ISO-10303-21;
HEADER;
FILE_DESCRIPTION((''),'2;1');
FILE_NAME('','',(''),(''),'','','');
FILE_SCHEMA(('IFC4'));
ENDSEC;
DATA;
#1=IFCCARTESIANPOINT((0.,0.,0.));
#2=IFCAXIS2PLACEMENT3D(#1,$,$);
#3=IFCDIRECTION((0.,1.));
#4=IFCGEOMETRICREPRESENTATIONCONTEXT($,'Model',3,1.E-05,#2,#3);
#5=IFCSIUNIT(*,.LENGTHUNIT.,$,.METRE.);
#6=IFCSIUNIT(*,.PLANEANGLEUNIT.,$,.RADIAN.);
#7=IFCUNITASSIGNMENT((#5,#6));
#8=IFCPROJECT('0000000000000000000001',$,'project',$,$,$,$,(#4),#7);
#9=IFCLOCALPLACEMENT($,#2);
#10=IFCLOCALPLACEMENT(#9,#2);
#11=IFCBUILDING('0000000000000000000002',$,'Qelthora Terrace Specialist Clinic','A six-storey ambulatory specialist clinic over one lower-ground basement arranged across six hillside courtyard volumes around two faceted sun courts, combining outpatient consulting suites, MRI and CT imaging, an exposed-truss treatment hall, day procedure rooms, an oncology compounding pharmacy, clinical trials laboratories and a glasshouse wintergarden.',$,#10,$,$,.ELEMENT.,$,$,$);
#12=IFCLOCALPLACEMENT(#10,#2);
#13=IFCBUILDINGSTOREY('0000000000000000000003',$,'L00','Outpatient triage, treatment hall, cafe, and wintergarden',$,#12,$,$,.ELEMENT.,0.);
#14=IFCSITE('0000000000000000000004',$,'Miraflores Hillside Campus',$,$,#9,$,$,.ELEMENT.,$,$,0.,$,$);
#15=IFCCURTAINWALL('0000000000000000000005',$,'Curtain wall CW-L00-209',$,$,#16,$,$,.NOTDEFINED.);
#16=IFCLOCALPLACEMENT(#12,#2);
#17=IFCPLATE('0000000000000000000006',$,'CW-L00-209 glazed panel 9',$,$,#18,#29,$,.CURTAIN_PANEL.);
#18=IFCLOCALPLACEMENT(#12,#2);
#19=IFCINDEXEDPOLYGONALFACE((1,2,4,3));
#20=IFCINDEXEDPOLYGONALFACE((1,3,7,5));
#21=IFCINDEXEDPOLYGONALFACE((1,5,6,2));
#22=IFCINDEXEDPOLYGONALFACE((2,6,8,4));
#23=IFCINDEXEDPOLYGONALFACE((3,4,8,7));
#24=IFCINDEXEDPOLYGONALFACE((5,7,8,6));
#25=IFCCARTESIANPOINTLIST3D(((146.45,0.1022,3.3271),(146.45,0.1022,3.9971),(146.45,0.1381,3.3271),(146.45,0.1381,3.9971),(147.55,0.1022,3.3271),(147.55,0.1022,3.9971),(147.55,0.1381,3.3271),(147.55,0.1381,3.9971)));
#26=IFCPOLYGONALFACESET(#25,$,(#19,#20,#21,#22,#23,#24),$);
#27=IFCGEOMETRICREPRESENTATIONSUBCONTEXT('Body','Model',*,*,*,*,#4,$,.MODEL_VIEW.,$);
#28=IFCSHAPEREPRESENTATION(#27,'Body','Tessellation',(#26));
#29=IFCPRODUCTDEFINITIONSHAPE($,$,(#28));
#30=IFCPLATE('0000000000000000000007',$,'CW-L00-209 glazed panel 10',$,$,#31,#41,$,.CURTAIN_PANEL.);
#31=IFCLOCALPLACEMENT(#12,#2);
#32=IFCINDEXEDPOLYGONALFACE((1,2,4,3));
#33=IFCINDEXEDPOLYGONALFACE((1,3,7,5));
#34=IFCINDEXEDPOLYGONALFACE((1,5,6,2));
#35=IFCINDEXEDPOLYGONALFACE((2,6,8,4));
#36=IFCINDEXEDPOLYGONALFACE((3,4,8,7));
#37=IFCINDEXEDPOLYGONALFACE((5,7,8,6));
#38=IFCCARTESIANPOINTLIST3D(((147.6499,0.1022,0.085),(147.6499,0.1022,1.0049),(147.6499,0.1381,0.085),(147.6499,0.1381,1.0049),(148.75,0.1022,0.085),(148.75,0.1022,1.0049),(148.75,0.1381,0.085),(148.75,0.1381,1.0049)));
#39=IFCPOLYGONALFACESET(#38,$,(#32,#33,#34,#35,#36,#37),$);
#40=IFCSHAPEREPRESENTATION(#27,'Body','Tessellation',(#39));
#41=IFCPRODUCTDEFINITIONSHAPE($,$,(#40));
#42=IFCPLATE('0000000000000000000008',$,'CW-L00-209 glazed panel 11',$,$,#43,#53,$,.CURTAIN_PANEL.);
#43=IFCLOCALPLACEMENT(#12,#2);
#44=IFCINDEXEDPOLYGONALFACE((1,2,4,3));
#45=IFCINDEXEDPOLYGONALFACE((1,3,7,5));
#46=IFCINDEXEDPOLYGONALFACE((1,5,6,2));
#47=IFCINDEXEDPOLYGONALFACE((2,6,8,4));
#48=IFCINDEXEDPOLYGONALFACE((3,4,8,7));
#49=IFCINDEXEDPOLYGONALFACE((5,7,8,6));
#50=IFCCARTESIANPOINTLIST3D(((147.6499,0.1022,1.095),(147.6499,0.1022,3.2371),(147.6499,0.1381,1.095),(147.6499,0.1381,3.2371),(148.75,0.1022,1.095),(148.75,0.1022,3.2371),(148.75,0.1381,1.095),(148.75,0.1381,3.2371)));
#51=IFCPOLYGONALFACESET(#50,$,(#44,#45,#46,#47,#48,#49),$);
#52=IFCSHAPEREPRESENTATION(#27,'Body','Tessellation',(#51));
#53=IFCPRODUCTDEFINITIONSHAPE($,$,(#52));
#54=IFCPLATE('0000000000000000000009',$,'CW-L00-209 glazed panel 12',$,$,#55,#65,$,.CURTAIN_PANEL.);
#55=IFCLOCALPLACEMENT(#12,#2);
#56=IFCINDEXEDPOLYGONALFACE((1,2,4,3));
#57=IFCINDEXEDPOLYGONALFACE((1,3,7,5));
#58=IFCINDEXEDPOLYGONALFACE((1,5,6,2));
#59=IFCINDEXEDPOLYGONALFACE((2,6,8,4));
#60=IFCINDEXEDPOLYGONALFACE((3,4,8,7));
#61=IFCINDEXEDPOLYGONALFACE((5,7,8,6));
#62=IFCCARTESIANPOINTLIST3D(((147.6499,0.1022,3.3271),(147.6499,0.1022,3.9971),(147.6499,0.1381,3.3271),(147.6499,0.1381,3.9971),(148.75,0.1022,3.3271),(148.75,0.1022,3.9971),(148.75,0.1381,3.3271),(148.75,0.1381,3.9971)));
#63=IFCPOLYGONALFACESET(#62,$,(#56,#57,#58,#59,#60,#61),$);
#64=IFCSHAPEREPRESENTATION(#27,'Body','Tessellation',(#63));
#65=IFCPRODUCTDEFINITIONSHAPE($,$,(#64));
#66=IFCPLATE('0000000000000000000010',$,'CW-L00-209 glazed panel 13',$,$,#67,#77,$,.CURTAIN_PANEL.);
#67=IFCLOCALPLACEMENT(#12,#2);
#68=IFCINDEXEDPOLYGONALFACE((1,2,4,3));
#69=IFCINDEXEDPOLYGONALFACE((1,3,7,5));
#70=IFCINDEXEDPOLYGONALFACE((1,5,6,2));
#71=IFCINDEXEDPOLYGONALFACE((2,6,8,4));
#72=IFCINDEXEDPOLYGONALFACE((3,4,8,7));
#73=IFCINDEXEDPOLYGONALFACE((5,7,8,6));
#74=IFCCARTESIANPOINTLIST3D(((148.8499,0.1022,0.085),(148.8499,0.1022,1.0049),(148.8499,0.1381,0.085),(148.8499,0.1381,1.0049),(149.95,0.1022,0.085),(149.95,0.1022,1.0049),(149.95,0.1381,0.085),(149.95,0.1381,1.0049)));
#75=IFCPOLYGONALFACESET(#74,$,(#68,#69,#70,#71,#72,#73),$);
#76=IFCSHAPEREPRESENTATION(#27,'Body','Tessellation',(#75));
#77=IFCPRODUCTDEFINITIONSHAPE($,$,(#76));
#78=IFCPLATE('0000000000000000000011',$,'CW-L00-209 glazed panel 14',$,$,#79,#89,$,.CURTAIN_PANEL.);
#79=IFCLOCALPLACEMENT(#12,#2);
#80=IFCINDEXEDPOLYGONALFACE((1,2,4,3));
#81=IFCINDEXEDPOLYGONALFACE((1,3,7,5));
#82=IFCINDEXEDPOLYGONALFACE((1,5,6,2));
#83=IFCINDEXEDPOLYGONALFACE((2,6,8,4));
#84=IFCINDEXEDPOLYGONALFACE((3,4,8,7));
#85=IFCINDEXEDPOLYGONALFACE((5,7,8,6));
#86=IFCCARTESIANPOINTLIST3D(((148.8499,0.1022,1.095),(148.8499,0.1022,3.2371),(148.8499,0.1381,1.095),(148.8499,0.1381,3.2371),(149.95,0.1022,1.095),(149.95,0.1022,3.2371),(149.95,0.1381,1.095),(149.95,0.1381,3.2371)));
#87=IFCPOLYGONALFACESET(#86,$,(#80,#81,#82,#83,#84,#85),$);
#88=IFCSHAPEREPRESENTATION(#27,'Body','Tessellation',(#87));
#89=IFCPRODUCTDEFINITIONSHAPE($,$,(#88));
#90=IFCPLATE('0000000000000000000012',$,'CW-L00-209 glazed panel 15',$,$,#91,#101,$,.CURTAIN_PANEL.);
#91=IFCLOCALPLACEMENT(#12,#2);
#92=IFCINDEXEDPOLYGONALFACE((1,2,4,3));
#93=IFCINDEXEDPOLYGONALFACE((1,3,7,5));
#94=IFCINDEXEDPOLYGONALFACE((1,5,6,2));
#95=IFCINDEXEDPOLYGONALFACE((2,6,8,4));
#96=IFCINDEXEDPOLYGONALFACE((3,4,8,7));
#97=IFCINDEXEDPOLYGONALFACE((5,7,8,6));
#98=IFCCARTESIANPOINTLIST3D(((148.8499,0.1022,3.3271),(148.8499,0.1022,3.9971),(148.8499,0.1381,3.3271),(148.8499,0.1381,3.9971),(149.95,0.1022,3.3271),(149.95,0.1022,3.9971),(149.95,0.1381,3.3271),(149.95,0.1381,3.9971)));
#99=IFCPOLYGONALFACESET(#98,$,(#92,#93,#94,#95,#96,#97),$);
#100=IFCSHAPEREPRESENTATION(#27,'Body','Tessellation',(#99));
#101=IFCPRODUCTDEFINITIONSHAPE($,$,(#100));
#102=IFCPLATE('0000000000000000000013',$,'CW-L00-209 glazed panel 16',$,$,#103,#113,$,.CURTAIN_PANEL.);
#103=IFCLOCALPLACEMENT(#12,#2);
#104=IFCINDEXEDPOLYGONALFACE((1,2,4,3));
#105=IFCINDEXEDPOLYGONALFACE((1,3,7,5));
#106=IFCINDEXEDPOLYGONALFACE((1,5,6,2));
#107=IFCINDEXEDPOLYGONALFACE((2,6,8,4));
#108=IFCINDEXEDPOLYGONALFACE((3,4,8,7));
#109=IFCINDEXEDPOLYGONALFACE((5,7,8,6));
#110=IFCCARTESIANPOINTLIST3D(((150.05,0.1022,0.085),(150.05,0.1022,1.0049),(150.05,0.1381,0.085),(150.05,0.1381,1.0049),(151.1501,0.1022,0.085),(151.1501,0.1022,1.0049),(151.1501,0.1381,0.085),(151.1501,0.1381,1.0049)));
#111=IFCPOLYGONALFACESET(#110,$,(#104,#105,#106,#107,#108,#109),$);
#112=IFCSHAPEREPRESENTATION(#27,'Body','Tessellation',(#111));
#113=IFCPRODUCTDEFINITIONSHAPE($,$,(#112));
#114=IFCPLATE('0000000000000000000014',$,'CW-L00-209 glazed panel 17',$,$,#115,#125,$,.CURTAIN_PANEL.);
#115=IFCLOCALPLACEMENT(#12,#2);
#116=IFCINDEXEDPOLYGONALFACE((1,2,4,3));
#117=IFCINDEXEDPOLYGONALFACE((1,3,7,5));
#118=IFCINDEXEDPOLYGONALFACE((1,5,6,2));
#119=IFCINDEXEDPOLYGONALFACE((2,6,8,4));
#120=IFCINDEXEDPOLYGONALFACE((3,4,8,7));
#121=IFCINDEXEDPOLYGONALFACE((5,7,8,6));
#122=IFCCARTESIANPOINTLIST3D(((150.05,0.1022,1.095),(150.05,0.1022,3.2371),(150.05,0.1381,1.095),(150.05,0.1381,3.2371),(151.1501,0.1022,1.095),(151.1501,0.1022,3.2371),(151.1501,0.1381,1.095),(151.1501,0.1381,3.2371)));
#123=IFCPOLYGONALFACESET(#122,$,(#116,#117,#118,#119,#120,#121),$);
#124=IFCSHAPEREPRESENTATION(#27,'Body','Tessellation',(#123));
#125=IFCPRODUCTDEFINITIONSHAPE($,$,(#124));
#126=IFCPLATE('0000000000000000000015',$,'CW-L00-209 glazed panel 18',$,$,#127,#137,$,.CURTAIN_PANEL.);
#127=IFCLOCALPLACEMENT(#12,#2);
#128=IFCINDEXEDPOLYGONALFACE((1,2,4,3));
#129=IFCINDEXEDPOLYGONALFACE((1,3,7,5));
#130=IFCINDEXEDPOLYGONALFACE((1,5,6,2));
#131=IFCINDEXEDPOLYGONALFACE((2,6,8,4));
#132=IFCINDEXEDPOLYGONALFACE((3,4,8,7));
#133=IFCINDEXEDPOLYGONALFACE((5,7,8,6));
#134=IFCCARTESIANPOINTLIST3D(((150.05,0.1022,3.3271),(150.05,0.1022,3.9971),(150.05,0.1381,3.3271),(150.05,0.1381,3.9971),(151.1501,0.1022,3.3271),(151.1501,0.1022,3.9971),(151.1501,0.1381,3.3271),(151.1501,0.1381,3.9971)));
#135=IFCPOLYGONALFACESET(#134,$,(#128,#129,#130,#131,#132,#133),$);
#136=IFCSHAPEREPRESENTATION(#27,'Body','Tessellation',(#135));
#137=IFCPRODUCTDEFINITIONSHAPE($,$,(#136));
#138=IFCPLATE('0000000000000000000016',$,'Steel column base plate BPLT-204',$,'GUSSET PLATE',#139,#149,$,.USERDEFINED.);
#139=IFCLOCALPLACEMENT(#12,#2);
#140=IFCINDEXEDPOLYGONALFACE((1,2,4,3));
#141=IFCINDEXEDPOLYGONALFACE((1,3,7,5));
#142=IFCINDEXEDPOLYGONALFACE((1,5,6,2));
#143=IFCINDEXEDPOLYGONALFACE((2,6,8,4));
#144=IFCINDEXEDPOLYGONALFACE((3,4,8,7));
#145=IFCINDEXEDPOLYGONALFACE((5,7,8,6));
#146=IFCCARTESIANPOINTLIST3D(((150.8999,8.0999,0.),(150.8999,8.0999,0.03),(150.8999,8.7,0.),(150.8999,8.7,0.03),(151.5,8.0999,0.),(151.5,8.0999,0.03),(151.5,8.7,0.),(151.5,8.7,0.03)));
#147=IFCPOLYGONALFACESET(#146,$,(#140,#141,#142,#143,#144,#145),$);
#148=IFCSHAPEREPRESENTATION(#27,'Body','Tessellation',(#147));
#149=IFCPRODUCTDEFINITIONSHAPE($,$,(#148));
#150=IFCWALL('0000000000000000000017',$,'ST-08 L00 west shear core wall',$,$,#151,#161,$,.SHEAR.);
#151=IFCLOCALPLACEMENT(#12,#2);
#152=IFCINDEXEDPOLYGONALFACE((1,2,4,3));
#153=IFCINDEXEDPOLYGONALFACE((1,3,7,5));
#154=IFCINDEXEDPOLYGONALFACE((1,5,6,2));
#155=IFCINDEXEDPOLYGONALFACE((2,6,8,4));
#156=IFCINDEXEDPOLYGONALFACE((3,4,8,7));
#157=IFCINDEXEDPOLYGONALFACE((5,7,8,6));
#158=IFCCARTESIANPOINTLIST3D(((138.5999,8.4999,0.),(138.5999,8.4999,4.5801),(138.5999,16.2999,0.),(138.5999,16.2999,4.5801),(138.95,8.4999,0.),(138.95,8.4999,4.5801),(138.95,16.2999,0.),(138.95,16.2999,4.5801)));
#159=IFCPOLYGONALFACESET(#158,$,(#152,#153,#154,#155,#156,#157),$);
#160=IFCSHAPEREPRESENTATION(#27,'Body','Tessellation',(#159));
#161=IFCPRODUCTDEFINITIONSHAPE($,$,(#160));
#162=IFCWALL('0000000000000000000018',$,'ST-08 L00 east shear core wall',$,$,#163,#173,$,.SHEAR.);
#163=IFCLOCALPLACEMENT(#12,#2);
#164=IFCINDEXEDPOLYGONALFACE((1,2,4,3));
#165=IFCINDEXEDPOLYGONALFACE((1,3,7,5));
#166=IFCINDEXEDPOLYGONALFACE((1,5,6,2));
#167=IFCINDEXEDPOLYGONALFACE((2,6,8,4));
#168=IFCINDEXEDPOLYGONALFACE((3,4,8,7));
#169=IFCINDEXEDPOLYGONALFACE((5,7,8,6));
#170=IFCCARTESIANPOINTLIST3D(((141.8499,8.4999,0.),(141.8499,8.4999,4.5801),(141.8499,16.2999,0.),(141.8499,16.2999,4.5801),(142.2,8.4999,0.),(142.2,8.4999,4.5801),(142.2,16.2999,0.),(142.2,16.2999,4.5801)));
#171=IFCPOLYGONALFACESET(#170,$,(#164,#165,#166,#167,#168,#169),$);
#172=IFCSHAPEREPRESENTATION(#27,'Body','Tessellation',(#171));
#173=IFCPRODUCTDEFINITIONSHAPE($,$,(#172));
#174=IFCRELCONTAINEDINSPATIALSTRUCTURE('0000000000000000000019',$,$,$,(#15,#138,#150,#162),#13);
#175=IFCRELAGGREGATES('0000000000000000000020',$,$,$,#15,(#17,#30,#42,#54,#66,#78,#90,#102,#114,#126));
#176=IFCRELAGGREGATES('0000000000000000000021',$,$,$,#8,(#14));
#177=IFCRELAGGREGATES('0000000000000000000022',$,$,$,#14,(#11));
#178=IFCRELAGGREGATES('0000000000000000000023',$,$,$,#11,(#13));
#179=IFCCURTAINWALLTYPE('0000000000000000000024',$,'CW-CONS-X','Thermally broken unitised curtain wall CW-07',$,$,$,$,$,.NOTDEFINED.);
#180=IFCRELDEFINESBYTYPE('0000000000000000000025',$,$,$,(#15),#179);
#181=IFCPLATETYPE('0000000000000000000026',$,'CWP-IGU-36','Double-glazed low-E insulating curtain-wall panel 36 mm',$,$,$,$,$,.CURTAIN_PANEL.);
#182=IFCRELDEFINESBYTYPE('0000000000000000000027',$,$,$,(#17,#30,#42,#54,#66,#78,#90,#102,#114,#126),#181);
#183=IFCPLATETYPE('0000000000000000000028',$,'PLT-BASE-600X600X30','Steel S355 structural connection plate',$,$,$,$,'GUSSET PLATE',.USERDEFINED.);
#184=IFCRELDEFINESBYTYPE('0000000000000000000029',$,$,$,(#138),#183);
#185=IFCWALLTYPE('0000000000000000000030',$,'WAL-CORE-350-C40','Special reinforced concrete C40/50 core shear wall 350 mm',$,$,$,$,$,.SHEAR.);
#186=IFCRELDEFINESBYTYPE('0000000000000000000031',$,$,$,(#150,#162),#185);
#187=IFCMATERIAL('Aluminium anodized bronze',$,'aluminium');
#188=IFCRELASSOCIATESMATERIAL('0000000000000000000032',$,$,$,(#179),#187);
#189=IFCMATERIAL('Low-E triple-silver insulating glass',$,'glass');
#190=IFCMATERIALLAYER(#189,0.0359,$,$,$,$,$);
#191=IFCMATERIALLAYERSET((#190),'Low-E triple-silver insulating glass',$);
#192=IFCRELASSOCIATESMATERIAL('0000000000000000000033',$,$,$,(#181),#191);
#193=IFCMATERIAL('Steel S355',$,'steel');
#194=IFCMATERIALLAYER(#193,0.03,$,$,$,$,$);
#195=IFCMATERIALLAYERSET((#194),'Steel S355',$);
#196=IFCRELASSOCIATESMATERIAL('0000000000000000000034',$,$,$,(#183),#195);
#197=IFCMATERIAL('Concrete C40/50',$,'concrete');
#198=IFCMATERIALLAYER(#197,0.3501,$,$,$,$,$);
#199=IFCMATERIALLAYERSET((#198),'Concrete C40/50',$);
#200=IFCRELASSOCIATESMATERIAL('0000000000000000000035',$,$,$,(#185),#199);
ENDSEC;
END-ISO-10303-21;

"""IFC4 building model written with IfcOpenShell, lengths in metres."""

from ifc_helpers import new_model, si_unit, direction, frame, frame_2d, origin, origin_2d, place, context, subcontext, project, spatial, rectangle, extrude, material, layer, layer_set, type_object, element, aggregate, save


model = new_model("IFC4")

# Units and contexts
model_context = context("Model", 3, precision=1e-05, world=origin(), true_north=direction((0.0, 1.0)))
body_context = subcontext(model_context, "Body", "Model", "MODEL_VIEW")
ifc_project = project(units=[si_unit("LENGTHUNIT", "METRE"), si_unit("PLANEANGLEUNIT", "RADIAN")], contexts=[model_context])

# Site, building, storey
site_placement = place(None, origin())
site = spatial("IfcSite", under=ifc_project, at=site_placement, Name="Miraflores Hillside Campus", CompositionType="ELEMENT", RefElevation=0.0)
building_placement = place(site_placement, origin())
building = spatial("IfcBuilding", under=site, at=building_placement, Name="Qelthora Terrace Specialist Clinic", Description="A six-storey ambulatory specialist clinic over one lower-ground basement arranged across six hillside courtyard volumes around two faceted sun courts, combining outpatient consulting suites, MRI and CT imaging, an exposed-truss treatment hall, day procedure rooms, an oncology compounding pharmacy, clinical trials laboratories and a glasshouse wintergarden.", CompositionType="ELEMENT")
storey_placement = place(building_placement, origin())
storey = spatial("IfcBuildingStorey", under=building, at=storey_placement, Name="L00", Description="Outpatient triage, treatment hall, cafe, and wintergarden", CompositionType="ELEMENT", Elevation=0.0)

# Shared definitions
ifc_material_1 = material(Name="Steel S355", Category="steel")

# Curtain wall, plates
ifc_material_2 = material(Name="Aluminium anodized bronze", Category="aluminium")
curtain_wall_type = type_object("IfcCurtainWallType", Name="CW-CONS-X", Description="Thermally broken unitised curtain wall CW-07", PredefinedType="NOTDEFINED", material=ifc_material_2)
curtain_wall_placement = place(storey_placement, origin())
curtain_wall = element("IfcCurtainWall", 1, at=curtain_wall_placement, inside=storey, type_object=curtain_wall_type, Name="Curtain wall CW-L00-209", PredefinedType="NOTDEFINED")
ifc_material_3 = material(Name="Low-E triple-silver insulating glass", Category="glass")
ifc_layer_1 = layer(ifc_material_3, 0.0359)
ifc_layer_set_1 = layer_set([ifc_layer_1], Name="Low-E triple-silver insulating glass")
plate_type_1 = type_object("IfcPlateType", Name="CWP-IGU-36", Description="Double-glazed low-E insulating curtain-wall panel 36 mm", PredefinedType="CURTAIN_PANEL", material=ifc_layer_set_1)
plate_1_placement = place(storey_placement, frame((147.0, 0.1201, 3.3271), z_axis=(0.0, 0.0, 1.0), x_axis=(1.0, 0.0, 0.0)))
plate_1 = element("IfcPlate", 2, at=plate_1_placement, type_object=plate_type_1, Name="CW-L00-209 glazed panel 9", PredefinedType="CURTAIN_PANEL", context=body_context, shape_type="SweptSolid", body=[
    extrude(rectangle(XDim=1.1001, YDim=0.0359, at=origin_2d()), origin(), (0.0, 0.0, 1.0), 0.6699),
])
plate_2_placement = place(storey_placement, frame((148.2, 0.1201, 0.085), z_axis=(0.0, 0.0, 1.0), x_axis=(1.0, 0.0, 0.0)))
plate_2 = element("IfcPlate", 3, at=plate_2_placement, type_object=plate_type_1, Name="CW-L00-209 glazed panel 10", PredefinedType="CURTAIN_PANEL", context=body_context, shape_type="SweptSolid", body=[
    extrude(rectangle(XDim=1.1001, YDim=0.0359, at=origin_2d()), origin(), (0.0, 0.0, 1.0), 0.9199),
])
plate_3_placement = place(storey_placement, frame((148.2, 0.1201, 1.095), z_axis=(0.0, 0.0, 1.0), x_axis=(1.0, 0.0, 0.0)))
plate_3 = element("IfcPlate", 4, at=plate_3_placement, type_object=plate_type_1, Name="CW-L00-209 glazed panel 11", PredefinedType="CURTAIN_PANEL", context=body_context, shape_type="SweptSolid", body=[
    extrude(rectangle(XDim=1.1001, YDim=0.0359, at=origin_2d()), origin(), (0.0, 0.0, 1.0), 2.1421),
])
plate_4_placement = place(storey_placement, frame((148.2, 0.1201, 3.3271), z_axis=(0.0, 0.0, 1.0), x_axis=(1.0, 0.0, 0.0)))
plate_4 = element("IfcPlate", 5, at=plate_4_placement, type_object=plate_type_1, Name="CW-L00-209 glazed panel 12", PredefinedType="CURTAIN_PANEL", context=body_context, shape_type="SweptSolid", body=[
    extrude(rectangle(XDim=1.1001, YDim=0.0359, at=origin_2d()), origin(), (0.0, 0.0, 1.0), 0.6699),
])
plate_5_placement = place(storey_placement, frame((149.3999, 0.1201, 0.085), z_axis=(0.0, 0.0, 1.0), x_axis=(1.0, 0.0, 0.0)))
plate_5 = element("IfcPlate", 6, at=plate_5_placement, type_object=plate_type_1, Name="CW-L00-209 glazed panel 13", PredefinedType="CURTAIN_PANEL", context=body_context, shape_type="SweptSolid", body=[
    extrude(rectangle(XDim=1.1001, YDim=0.0359, at=origin_2d()), origin(), (0.0, 0.0, 1.0), 0.9199),
])
plate_6_placement = place(storey_placement, frame((149.3999, 0.1201, 1.095), z_axis=(0.0, 0.0, 1.0), x_axis=(1.0, 0.0, 0.0)))
plate_6 = element("IfcPlate", 7, at=plate_6_placement, type_object=plate_type_1, Name="CW-L00-209 glazed panel 14", PredefinedType="CURTAIN_PANEL", context=body_context, shape_type="SweptSolid", body=[
    extrude(rectangle(XDim=1.1001, YDim=0.0359, at=origin_2d()), origin(), (0.0, 0.0, 1.0), 2.1421),
])
plate_7_placement = place(storey_placement, frame((149.3999, 0.1201, 3.3271), z_axis=(0.0, 0.0, 1.0), x_axis=(1.0, 0.0, 0.0)))
plate_7 = element("IfcPlate", 8, at=plate_7_placement, type_object=plate_type_1, Name="CW-L00-209 glazed panel 15", PredefinedType="CURTAIN_PANEL", context=body_context, shape_type="SweptSolid", body=[
    extrude(rectangle(XDim=1.1001, YDim=0.0359, at=origin_2d()), origin(), (0.0, 0.0, 1.0), 0.6699),
])
plate_8_placement = place(storey_placement, frame((150.6001, 0.1201, 0.085), z_axis=(0.0, 0.0, 1.0), x_axis=(1.0, 0.0, 0.0)))
plate_8 = element("IfcPlate", 9, at=plate_8_placement, type_object=plate_type_1, Name="CW-L00-209 glazed panel 16", PredefinedType="CURTAIN_PANEL", context=body_context, shape_type="SweptSolid", body=[
    extrude(rectangle(XDim=1.1001, YDim=0.0359, at=origin_2d()), origin(), (0.0, 0.0, 1.0), 0.9199),
])
plate_9_placement = place(storey_placement, frame((150.6001, 0.1201, 1.095), z_axis=(0.0, 0.0, 1.0), x_axis=(1.0, 0.0, 0.0)))
plate_9 = element("IfcPlate", 10, at=plate_9_placement, type_object=plate_type_1, Name="CW-L00-209 glazed panel 17", PredefinedType="CURTAIN_PANEL", context=body_context, shape_type="SweptSolid", body=[
    extrude(rectangle(XDim=1.1001, YDim=0.0359, at=origin_2d()), origin(), (0.0, 0.0, 1.0), 2.1421),
])
plate_10_placement = place(storey_placement, frame((150.6001, 0.1201, 3.3271), z_axis=(0.0, 0.0, 1.0), x_axis=(1.0, 0.0, 0.0)))
plate_10 = element("IfcPlate", 11, at=plate_10_placement, type_object=plate_type_1, Name="CW-L00-209 glazed panel 18", PredefinedType="CURTAIN_PANEL", context=body_context, shape_type="SweptSolid", body=[
    extrude(rectangle(XDim=1.1001, YDim=0.0359, at=origin_2d()), origin(), (0.0, 0.0, 1.0), 0.6699),
])
aggregate(curtain_wall, [plate_1, plate_2, plate_3, plate_4, plate_5, plate_6, plate_7, plate_8, plate_9, plate_10])

# Plate
ifc_layer_2 = layer(ifc_material_1, 0.03)
ifc_layer_set_2 = layer_set([ifc_layer_2], Name="Steel S355")
plate_type_2 = type_object("IfcPlateType", Name="PLT-BASE-600X600X30", Description="Steel S355 structural connection plate", ElementType="GUSSET PLATE", PredefinedType="USERDEFINED", material=ifc_layer_set_2)
plate_11_placement = place(storey_placement, frame((151.2, 8.3999, 0.0), z_axis=(0.0, 0.0, 1.0), x_axis=(1.0, 0.0, 0.0)))
element("IfcPlate", 12, at=plate_11_placement, inside=storey, type_object=plate_type_2, Name="Steel column base plate BPLT-204", ObjectType="GUSSET PLATE", PredefinedType="USERDEFINED", context=body_context, shape_type="SweptSolid", body=[
    extrude(rectangle(XDim=0.6001, YDim=0.6001, at=origin_2d()), origin(), (0.0, 0.0, 1.0), 0.03),
])

# Walls
ifc_material_4 = material(Name="Concrete C40/50", Category="concrete")
ifc_layer_3 = layer(ifc_material_4, 0.3501)
ifc_layer_set_3 = layer_set([ifc_layer_3], Name="Concrete C40/50")
wall_type = type_object("IfcWallType", Name="WAL-CORE-350-C40", Description="Special reinforced concrete C40/50 core shear wall 350 mm", PredefinedType="SHEAR", material=ifc_layer_set_3)
for number, where, z_axis, x_axis, name in (
    (13, (138.7749, 8.5, 0.0), (0.0, 0.0, 1.0), (0.0, 1.0, 0.0), "ST-08 L00 west shear core wall"),
    (14, (142.0249, 8.5, 0.0), (0.0, 0.0, 1.0), (0.0, 1.0, 0.0), "ST-08 L00 east shear core wall"),
):
    element("IfcWall", number, at=place(storey_placement, frame(where, z_axis=z_axis, x_axis=x_axis)), inside=storey, type_object=wall_type, Name=name, PredefinedType="SHEAR", context=body_context, shape_type="SweptSolid", body=[
        extrude(rectangle(XDim=7.8, YDim=0.3501, at=frame_2d((3.8999, 0.0))), origin(), (0.0, 0.0, 1.0), 4.5801),
    ])

save(model, "model.ifc")
